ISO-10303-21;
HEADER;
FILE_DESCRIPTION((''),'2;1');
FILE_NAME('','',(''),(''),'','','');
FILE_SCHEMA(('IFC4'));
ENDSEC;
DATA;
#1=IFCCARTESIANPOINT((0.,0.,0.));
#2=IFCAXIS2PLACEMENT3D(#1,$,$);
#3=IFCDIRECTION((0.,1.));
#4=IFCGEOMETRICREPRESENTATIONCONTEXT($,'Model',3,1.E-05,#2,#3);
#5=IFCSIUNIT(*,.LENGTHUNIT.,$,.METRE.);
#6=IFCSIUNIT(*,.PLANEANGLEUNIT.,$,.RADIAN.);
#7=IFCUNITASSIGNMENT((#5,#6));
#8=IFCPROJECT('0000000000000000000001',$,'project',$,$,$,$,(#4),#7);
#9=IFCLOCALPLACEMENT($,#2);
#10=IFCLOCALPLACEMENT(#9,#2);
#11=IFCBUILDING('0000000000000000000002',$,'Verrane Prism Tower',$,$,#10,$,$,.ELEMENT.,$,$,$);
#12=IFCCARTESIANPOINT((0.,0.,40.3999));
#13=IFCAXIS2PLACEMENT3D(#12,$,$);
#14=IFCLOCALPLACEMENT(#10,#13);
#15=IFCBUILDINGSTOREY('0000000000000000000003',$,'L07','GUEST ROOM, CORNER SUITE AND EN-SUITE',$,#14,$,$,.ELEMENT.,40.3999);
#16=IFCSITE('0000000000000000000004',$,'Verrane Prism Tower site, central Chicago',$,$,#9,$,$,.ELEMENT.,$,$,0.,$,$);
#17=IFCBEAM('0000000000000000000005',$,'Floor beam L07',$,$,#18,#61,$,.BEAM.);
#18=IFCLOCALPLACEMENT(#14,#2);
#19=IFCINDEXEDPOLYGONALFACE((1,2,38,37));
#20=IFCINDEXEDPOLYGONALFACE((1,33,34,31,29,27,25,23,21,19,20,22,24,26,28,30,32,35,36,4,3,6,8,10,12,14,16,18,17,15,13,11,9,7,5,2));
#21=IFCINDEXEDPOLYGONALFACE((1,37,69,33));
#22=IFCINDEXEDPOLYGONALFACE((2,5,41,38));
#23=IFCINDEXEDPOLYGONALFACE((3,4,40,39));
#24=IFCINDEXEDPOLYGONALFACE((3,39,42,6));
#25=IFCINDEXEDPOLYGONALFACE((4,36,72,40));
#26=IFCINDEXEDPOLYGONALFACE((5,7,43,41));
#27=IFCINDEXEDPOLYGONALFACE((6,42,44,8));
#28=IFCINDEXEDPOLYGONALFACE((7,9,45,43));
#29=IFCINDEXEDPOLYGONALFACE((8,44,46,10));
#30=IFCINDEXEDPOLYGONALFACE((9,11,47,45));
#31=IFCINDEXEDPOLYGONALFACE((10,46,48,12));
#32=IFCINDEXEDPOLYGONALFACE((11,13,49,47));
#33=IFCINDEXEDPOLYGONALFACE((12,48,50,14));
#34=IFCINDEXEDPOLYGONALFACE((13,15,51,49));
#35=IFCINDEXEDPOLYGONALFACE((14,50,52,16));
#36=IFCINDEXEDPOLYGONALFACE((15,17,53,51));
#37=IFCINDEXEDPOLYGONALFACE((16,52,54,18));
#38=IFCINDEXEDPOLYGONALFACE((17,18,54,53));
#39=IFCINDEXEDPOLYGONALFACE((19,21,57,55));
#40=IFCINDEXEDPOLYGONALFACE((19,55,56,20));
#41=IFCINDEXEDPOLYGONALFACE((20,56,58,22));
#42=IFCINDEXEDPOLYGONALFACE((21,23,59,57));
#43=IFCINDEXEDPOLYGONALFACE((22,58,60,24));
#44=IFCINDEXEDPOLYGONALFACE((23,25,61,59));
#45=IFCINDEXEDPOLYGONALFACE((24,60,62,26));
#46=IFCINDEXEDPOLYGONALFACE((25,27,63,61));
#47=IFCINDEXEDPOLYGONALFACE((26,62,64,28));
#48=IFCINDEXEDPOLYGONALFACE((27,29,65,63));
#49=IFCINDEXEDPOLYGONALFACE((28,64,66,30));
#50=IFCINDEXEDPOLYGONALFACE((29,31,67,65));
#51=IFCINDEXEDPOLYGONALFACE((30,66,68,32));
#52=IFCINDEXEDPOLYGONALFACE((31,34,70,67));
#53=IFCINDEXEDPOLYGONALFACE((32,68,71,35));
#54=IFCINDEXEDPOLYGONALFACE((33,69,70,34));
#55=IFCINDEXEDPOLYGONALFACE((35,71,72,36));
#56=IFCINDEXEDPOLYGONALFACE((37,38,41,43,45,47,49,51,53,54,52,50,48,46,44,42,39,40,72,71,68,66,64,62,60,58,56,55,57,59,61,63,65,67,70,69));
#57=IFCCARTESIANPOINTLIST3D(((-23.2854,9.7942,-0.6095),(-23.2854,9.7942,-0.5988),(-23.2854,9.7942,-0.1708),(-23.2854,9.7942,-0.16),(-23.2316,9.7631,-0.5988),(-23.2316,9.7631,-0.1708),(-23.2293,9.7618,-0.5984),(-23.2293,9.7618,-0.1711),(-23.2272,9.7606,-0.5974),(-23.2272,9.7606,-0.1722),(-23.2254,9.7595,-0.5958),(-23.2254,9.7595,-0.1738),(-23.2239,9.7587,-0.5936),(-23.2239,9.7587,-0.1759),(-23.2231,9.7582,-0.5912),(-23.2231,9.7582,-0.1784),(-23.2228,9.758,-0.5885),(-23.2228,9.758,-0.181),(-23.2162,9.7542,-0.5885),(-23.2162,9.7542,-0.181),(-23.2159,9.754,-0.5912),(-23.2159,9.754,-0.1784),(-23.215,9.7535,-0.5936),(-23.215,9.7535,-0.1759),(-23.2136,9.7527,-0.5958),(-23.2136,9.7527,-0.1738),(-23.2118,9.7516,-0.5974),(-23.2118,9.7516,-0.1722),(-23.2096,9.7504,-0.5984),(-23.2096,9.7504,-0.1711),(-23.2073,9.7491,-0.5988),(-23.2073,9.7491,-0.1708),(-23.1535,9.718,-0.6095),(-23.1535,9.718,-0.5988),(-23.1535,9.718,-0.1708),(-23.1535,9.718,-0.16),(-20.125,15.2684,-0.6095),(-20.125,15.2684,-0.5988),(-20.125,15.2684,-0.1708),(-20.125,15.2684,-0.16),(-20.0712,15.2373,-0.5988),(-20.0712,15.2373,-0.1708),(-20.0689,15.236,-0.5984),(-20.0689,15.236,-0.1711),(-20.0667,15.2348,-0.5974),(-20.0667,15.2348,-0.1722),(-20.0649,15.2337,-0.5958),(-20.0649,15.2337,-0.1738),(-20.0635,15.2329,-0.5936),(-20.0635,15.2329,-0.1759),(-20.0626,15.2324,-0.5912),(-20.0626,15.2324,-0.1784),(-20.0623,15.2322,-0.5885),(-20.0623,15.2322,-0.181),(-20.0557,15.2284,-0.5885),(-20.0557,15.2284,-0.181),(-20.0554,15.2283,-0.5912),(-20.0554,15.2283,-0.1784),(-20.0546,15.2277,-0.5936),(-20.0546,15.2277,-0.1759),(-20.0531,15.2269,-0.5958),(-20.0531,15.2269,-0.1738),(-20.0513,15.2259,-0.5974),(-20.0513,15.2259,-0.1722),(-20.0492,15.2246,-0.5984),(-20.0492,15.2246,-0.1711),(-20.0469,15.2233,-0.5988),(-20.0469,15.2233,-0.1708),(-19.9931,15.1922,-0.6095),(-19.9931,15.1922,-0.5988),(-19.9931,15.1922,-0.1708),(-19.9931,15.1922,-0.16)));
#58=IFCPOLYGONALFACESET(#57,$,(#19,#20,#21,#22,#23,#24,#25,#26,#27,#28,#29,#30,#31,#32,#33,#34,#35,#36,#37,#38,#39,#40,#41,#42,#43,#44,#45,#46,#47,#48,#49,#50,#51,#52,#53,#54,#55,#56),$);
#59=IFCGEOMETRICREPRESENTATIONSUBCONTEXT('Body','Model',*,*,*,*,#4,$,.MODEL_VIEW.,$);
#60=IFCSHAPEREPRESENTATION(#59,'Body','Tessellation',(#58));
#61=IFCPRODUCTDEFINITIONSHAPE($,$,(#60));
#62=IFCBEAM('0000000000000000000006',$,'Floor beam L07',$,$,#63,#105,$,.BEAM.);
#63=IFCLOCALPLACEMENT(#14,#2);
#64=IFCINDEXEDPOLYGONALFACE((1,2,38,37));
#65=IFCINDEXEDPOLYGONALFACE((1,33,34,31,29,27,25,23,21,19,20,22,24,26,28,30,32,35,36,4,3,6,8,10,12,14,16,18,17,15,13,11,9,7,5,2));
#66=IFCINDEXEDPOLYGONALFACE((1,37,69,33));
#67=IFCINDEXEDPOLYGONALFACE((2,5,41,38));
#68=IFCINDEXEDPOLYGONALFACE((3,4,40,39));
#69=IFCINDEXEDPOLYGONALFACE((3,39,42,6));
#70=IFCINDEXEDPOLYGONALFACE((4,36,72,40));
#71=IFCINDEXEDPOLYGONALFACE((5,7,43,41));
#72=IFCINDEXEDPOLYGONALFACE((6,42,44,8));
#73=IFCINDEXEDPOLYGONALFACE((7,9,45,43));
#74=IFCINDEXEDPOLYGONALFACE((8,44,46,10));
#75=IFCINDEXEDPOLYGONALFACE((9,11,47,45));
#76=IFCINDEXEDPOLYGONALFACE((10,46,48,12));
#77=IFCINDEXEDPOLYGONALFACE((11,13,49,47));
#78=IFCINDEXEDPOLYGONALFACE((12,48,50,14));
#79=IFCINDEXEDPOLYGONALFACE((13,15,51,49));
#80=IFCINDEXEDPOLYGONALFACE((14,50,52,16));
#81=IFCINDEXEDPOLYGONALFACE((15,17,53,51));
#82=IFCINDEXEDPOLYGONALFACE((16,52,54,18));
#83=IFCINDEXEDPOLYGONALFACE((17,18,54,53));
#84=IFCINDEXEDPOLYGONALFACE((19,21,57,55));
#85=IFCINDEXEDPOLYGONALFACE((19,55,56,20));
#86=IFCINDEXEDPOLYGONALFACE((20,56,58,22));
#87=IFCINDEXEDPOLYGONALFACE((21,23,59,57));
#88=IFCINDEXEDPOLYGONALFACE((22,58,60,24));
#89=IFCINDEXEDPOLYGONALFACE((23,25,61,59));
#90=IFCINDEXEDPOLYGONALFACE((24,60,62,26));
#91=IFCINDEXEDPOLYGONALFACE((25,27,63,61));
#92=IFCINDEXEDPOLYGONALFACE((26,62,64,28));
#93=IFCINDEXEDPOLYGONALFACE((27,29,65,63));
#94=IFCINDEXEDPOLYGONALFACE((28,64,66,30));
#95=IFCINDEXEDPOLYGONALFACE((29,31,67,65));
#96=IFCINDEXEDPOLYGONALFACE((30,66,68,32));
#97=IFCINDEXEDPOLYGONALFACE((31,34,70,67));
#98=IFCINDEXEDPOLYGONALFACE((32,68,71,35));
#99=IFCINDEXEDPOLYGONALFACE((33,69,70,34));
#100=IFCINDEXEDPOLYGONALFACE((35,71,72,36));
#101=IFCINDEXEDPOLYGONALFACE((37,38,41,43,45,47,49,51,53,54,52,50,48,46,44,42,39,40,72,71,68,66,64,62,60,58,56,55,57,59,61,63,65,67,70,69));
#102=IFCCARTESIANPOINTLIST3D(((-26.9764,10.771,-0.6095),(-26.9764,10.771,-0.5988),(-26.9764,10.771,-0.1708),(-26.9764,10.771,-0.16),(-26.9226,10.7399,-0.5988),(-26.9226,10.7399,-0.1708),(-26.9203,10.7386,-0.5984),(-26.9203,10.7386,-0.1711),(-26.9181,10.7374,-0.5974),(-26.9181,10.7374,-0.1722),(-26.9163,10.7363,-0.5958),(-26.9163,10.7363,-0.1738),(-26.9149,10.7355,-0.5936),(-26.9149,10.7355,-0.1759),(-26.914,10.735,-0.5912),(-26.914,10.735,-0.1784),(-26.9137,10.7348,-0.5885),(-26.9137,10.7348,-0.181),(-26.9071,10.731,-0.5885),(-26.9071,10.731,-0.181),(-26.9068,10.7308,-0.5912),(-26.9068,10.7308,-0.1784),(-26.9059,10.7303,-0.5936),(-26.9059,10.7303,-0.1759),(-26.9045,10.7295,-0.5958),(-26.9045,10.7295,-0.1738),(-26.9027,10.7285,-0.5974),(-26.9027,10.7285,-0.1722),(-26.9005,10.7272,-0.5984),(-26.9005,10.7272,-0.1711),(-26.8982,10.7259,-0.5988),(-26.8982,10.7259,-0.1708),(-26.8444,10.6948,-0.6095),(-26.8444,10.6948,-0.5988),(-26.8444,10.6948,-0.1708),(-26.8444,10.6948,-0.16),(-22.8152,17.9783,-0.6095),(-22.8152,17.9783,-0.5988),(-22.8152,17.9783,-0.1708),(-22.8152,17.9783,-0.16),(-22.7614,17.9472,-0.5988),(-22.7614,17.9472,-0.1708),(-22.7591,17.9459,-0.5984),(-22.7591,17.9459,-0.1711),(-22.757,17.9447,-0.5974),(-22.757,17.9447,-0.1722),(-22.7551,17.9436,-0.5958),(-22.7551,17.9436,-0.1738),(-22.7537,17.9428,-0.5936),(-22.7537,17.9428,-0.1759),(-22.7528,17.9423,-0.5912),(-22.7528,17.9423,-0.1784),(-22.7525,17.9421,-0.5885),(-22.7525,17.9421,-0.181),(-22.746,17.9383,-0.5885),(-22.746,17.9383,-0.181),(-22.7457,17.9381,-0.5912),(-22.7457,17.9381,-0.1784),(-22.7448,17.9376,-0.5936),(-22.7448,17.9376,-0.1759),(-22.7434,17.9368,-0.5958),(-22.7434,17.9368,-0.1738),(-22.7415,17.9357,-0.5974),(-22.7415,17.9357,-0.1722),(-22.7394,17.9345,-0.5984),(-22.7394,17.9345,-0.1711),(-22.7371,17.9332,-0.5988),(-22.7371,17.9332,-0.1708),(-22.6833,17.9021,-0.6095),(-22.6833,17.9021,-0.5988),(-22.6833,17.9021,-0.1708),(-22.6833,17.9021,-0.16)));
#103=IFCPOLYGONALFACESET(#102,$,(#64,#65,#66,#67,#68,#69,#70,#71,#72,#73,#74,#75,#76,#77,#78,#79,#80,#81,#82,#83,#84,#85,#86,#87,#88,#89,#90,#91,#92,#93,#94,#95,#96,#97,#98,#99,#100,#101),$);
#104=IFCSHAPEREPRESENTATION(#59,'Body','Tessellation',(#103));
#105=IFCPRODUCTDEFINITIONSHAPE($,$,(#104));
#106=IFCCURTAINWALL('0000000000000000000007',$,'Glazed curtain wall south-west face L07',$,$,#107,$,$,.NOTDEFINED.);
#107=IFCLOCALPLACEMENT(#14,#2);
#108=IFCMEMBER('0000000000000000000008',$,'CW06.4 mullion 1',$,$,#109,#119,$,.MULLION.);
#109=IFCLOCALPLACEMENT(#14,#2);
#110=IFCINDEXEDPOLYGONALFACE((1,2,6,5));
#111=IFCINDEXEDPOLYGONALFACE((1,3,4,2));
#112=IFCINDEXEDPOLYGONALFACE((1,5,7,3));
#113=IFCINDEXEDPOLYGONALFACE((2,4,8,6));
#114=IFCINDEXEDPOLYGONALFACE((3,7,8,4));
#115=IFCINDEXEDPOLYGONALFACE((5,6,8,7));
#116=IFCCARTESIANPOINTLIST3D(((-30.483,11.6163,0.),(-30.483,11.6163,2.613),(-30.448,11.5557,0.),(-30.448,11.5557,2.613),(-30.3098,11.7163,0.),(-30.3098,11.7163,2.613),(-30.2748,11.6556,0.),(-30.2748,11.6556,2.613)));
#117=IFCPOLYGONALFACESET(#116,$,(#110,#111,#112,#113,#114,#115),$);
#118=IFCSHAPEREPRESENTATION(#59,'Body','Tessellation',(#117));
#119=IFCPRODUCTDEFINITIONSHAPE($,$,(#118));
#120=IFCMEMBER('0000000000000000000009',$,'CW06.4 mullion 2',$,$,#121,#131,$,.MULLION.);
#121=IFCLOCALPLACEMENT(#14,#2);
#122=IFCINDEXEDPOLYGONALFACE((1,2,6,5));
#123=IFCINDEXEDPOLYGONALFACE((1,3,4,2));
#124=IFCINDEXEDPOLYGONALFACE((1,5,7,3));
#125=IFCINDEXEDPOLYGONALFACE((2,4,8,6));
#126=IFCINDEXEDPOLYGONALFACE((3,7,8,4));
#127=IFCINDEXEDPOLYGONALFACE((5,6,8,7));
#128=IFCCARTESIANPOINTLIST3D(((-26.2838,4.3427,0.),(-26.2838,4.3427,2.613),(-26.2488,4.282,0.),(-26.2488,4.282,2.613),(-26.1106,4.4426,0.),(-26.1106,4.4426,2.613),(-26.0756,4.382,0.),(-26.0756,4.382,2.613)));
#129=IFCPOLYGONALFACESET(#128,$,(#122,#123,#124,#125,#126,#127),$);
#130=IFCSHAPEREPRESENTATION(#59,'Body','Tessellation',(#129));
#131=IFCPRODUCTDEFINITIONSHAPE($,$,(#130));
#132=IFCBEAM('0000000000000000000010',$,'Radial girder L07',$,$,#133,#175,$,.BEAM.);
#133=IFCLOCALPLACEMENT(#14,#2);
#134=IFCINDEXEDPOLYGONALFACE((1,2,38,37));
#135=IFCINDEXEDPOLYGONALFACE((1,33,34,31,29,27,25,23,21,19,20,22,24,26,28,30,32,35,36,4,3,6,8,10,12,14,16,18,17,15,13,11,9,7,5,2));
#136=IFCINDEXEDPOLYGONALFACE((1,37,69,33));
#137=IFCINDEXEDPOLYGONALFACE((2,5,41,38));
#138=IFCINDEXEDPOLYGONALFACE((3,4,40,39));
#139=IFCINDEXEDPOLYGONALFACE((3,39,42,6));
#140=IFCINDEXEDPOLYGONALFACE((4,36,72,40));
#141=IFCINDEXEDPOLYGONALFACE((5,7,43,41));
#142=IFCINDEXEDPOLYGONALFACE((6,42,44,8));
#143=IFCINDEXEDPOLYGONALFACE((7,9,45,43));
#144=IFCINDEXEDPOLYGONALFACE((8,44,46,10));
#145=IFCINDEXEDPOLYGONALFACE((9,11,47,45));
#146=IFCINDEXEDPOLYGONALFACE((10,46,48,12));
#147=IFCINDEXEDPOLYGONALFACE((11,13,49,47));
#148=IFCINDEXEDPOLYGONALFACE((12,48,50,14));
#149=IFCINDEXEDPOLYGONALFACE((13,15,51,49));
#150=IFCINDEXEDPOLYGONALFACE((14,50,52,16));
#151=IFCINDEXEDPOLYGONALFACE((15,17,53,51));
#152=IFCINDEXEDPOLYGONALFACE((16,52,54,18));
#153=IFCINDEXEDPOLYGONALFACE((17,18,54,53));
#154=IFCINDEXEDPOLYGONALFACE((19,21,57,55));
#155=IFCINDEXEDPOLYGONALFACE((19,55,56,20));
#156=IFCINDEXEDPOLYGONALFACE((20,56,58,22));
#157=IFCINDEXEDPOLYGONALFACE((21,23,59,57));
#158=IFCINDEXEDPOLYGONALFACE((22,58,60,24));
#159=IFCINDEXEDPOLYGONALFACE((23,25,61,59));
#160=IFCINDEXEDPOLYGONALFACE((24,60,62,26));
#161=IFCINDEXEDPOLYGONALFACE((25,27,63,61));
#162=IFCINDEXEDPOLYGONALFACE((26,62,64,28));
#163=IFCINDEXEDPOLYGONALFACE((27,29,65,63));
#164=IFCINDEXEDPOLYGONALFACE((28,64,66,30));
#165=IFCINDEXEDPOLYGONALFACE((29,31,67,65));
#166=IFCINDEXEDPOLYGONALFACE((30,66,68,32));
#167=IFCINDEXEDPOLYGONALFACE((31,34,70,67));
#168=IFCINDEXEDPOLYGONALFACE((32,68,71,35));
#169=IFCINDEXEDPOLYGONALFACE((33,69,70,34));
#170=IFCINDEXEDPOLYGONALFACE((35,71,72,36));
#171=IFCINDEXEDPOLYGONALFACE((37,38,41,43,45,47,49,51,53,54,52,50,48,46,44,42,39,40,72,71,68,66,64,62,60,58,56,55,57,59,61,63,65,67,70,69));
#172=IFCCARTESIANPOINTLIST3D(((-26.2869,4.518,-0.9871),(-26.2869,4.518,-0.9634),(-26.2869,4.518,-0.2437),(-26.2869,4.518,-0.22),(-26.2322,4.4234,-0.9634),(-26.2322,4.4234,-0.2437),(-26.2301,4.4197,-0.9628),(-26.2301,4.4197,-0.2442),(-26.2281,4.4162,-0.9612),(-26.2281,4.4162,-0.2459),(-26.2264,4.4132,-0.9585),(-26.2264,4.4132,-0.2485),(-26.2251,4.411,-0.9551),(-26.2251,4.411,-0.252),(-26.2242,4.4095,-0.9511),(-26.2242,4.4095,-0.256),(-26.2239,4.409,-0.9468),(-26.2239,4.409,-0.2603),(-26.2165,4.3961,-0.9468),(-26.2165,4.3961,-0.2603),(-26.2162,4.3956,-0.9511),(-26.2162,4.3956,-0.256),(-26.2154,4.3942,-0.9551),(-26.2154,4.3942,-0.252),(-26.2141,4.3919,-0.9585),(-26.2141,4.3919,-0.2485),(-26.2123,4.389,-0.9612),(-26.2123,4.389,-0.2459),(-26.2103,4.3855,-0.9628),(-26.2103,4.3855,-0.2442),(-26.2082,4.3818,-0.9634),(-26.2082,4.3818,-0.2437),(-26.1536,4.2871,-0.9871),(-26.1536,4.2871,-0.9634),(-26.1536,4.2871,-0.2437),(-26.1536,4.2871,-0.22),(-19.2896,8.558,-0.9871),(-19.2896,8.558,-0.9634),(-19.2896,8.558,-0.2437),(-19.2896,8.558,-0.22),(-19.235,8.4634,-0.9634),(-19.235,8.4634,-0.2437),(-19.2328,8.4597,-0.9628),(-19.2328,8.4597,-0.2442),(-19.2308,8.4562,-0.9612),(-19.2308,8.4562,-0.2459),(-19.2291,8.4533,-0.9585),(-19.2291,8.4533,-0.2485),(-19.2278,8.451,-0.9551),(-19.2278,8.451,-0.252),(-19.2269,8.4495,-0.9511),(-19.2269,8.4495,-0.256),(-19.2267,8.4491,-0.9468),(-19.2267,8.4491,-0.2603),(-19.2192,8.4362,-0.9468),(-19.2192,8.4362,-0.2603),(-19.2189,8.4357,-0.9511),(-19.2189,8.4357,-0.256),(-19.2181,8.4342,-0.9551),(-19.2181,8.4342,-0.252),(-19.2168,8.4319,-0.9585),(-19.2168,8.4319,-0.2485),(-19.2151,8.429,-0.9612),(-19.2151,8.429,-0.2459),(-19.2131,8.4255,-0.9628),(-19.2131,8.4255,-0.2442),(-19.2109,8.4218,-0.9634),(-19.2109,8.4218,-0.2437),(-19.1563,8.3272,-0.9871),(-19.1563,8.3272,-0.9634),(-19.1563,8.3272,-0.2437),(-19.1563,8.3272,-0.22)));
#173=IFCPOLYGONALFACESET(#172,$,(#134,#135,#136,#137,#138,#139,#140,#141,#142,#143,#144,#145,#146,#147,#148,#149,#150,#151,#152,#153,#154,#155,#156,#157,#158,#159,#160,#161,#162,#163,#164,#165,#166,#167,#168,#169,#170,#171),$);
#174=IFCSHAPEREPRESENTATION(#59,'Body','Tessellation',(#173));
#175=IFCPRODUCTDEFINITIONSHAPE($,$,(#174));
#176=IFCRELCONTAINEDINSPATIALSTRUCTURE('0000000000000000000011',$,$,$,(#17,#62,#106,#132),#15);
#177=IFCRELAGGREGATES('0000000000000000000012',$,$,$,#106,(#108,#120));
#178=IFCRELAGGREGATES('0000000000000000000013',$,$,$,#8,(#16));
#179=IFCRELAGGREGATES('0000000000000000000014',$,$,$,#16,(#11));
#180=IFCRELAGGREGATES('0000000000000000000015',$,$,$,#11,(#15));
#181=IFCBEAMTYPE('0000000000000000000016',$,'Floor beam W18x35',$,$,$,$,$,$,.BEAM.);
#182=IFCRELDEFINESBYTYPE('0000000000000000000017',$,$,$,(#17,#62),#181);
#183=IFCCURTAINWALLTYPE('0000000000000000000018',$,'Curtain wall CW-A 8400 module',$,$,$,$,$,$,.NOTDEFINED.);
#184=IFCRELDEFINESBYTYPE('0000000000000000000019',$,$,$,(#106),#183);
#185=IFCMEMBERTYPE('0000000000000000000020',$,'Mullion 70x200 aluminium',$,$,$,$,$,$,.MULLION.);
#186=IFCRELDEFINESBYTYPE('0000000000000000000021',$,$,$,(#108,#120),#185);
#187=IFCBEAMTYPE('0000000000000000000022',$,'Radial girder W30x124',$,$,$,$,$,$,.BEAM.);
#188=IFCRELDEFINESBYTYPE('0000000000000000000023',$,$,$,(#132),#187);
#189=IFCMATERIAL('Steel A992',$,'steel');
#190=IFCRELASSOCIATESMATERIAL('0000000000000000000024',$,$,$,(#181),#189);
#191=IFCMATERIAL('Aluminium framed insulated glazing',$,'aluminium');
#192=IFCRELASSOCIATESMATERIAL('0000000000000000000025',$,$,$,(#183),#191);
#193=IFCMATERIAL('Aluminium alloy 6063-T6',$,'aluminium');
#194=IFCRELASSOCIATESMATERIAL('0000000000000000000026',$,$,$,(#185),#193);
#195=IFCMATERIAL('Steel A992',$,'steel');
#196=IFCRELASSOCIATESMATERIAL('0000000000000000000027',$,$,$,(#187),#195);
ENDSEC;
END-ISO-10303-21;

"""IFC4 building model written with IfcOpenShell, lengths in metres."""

from ifc_helpers import new_model, si_unit, direction, frame, origin, origin_2d, place, context, subcontext, project, spatial, rectangle, i_section, extrude, material, material_profile, profile_set, type_object, element, aggregate, save


model = new_model("IFC4")

# Units and contexts
model_context = context("Model", 3, precision=1e-05, world=origin(), true_north=direction((0.0, 1.0)))
body_context = subcontext(model_context, "Body", "Model", "MODEL_VIEW")
ifc_project = project(units=[si_unit("LENGTHUNIT", "METRE"), si_unit("PLANEANGLEUNIT", "RADIAN")], contexts=[model_context])

# Site, building, storey
site_placement = place(None, origin())
site = spatial("IfcSite", under=ifc_project, at=site_placement, Name="Verrane Prism Tower site, central Chicago", CompositionType="ELEMENT", RefElevation=0.0)
building_placement = place(site_placement, origin())
building = spatial("IfcBuilding", under=site, at=building_placement, Name="Verrane Prism Tower", CompositionType="ELEMENT")
storey_placement = place(building_placement, frame((0.0, 0.0, 40.3999)))
storey = spatial("IfcBuildingStorey", under=building, at=storey_placement, Name="L07", Description="GUEST ROOM, CORNER SUITE AND EN-SUITE", CompositionType="ELEMENT", Elevation=40.3999)

# Beams
ifc_material_1 = material(Name="Steel A992", Category="steel")
ifc_material_profile_1 = material_profile(ifc_material_1, i_section(OverallWidth=0.1523, OverallDepth=0.4495, WebThickness=0.0076, FlangeThickness=0.0107, FilletRadius=0.0103, at=origin_2d()), Name="W18x35")
ifc_profile_set_1 = profile_set([ifc_material_profile_1], Name="Steel A992")
beam_type_1 = type_object("IfcBeamType", Name="Floor beam W18x35", PredefinedType="BEAM", material=ifc_profile_set_1)
beam_1_placement = place(storey_placement, frame((-23.2195, 9.7561, -0.3848), z_axis=(0.49999, 0.866031, 0.0), x_axis=(-0.866031, 0.49999, 0.0)))
element("IfcBeam", 1, at=beam_1_placement, inside=storey, type_object=beam_type_1, Name="Floor beam L07", PredefinedType="BEAM", context=body_context, shape_type="SweptSolid", body=[
    extrude(i_section(OverallWidth=0.1523, OverallDepth=0.4495, WebThickness=0.0076, FlangeThickness=0.0107, FilletRadius=0.0103, at=origin_2d()), origin(), (0.0, 0.0, 1.0), 6.321),
])
beam_2_placement = place(storey_placement, frame((-26.9104, 10.7329, -0.3848), z_axis=(0.500001, 0.866025, 0.0), x_axis=(-0.866025, 0.500001, 0.0)))
element("IfcBeam", 2, at=beam_2_placement, inside=storey, type_object=beam_type_1, Name="Floor beam L07", PredefinedType="BEAM", context=body_context, shape_type="SweptSolid", body=[
    extrude(i_section(OverallWidth=0.1523, OverallDepth=0.4495, WebThickness=0.0076, FlangeThickness=0.0107, FilletRadius=0.0103, at=origin_2d()), origin(), (0.0, 0.0, 1.0), 8.3223),
])

# Curtain wall, members
ifc_material_2 = material(Name="Aluminium framed insulated glazing", Category="aluminium")
curtain_wall_type = type_object("IfcCurtainWallType", Name="Curtain wall CW-A 8400 module", PredefinedType="NOTDEFINED", material=ifc_material_2)
curtain_wall_placement = place(storey_placement, origin())
curtain_wall = element("IfcCurtainWall", 3, at=curtain_wall_placement, inside=storey, type_object=curtain_wall_type, Name="Glazed curtain wall south-west face L07", PredefinedType="NOTDEFINED")
ifc_material_3 = material(Name="Aluminium alloy 6063-T6", Category="aluminium")
ifc_material_profile_2 = material_profile(ifc_material_3, rectangle(XDim=0.2, YDim=0.0701, at=origin_2d()), Name="Mullion 70x200 aluminium")
ifc_profile_set_2 = profile_set([ifc_material_profile_2], Name="Aluminium alloy 6063-T6")
member_type_1 = type_object("IfcMemberType", Name="Mullion 70x200 aluminium", PredefinedType="MULLION", material=ifc_profile_set_2)
member_1_placement = place(storey_placement, frame((-30.3789, 11.636, 0.0), z_axis=(0.0, 0.0, 1.0), x_axis=(0.866025, 0.5, 0.0)))
member_1 = element("IfcMember", 4, at=member_1_placement, type_object=member_type_1, Name="CW06.4 mullion 1", PredefinedType="MULLION", context=body_context, shape_type="SweptSolid", body=[
    extrude(rectangle(XDim=0.2, YDim=0.0701, at=origin_2d()), origin(), (0.0, 0.0, 1.0), 2.613),
])
member_2_placement = place(storey_placement, frame((-26.1797, 4.3623, 0.0), z_axis=(0.0, 0.0, 1.0), x_axis=(0.866025, 0.5, 0.0)))
member_2 = element("IfcMember", 5, at=member_2_placement, type_object=member_type_1, Name="CW06.4 mullion 2", PredefinedType="MULLION", context=body_context, shape_type="SweptSolid", body=[
    extrude(rectangle(XDim=0.2, YDim=0.0701, at=origin_2d()), origin(), (0.0, 0.0, 1.0), 2.613),
])

# Beam
ifc_material_4 = material(Name="Steel A992", Category="steel")
ifc_material_profile_3 = material_profile(ifc_material_4, i_section(OverallWidth=0.2666, OverallDepth=0.7671, WebThickness=0.0149, FlangeThickness=0.0237, FilletRadius=0.0166, at=origin_2d()), Name="W30x124")
ifc_profile_set_3 = profile_set([ifc_material_profile_3], Name="Steel A992")
beam_type_2 = type_object("IfcBeamType", Name="Radial girder W30x124", PredefinedType="BEAM", material=ifc_profile_set_3)
beam_3_placement = place(storey_placement, frame((-26.2202, 4.4026, -0.6035), z_axis=(0.866018, 0.500013, 0.0), x_axis=(-0.500013, 0.866018, 0.0)))
element("IfcBeam", 6, at=beam_3_placement, inside=storey, type_object=beam_type_2, Name="Radial girder L07", PredefinedType="BEAM", context=body_context, shape_type="SweptSolid", body=[
    extrude(i_section(OverallWidth=0.2666, OverallDepth=0.7671, WebThickness=0.0149, FlangeThickness=0.0237, FilletRadius=0.0166, at=origin_2d()), origin(), (0.0, 0.0, 1.0), 8.0798),
])

aggregate(curtain_wall, [member_1, member_2])

save(model, "model.ifc")
